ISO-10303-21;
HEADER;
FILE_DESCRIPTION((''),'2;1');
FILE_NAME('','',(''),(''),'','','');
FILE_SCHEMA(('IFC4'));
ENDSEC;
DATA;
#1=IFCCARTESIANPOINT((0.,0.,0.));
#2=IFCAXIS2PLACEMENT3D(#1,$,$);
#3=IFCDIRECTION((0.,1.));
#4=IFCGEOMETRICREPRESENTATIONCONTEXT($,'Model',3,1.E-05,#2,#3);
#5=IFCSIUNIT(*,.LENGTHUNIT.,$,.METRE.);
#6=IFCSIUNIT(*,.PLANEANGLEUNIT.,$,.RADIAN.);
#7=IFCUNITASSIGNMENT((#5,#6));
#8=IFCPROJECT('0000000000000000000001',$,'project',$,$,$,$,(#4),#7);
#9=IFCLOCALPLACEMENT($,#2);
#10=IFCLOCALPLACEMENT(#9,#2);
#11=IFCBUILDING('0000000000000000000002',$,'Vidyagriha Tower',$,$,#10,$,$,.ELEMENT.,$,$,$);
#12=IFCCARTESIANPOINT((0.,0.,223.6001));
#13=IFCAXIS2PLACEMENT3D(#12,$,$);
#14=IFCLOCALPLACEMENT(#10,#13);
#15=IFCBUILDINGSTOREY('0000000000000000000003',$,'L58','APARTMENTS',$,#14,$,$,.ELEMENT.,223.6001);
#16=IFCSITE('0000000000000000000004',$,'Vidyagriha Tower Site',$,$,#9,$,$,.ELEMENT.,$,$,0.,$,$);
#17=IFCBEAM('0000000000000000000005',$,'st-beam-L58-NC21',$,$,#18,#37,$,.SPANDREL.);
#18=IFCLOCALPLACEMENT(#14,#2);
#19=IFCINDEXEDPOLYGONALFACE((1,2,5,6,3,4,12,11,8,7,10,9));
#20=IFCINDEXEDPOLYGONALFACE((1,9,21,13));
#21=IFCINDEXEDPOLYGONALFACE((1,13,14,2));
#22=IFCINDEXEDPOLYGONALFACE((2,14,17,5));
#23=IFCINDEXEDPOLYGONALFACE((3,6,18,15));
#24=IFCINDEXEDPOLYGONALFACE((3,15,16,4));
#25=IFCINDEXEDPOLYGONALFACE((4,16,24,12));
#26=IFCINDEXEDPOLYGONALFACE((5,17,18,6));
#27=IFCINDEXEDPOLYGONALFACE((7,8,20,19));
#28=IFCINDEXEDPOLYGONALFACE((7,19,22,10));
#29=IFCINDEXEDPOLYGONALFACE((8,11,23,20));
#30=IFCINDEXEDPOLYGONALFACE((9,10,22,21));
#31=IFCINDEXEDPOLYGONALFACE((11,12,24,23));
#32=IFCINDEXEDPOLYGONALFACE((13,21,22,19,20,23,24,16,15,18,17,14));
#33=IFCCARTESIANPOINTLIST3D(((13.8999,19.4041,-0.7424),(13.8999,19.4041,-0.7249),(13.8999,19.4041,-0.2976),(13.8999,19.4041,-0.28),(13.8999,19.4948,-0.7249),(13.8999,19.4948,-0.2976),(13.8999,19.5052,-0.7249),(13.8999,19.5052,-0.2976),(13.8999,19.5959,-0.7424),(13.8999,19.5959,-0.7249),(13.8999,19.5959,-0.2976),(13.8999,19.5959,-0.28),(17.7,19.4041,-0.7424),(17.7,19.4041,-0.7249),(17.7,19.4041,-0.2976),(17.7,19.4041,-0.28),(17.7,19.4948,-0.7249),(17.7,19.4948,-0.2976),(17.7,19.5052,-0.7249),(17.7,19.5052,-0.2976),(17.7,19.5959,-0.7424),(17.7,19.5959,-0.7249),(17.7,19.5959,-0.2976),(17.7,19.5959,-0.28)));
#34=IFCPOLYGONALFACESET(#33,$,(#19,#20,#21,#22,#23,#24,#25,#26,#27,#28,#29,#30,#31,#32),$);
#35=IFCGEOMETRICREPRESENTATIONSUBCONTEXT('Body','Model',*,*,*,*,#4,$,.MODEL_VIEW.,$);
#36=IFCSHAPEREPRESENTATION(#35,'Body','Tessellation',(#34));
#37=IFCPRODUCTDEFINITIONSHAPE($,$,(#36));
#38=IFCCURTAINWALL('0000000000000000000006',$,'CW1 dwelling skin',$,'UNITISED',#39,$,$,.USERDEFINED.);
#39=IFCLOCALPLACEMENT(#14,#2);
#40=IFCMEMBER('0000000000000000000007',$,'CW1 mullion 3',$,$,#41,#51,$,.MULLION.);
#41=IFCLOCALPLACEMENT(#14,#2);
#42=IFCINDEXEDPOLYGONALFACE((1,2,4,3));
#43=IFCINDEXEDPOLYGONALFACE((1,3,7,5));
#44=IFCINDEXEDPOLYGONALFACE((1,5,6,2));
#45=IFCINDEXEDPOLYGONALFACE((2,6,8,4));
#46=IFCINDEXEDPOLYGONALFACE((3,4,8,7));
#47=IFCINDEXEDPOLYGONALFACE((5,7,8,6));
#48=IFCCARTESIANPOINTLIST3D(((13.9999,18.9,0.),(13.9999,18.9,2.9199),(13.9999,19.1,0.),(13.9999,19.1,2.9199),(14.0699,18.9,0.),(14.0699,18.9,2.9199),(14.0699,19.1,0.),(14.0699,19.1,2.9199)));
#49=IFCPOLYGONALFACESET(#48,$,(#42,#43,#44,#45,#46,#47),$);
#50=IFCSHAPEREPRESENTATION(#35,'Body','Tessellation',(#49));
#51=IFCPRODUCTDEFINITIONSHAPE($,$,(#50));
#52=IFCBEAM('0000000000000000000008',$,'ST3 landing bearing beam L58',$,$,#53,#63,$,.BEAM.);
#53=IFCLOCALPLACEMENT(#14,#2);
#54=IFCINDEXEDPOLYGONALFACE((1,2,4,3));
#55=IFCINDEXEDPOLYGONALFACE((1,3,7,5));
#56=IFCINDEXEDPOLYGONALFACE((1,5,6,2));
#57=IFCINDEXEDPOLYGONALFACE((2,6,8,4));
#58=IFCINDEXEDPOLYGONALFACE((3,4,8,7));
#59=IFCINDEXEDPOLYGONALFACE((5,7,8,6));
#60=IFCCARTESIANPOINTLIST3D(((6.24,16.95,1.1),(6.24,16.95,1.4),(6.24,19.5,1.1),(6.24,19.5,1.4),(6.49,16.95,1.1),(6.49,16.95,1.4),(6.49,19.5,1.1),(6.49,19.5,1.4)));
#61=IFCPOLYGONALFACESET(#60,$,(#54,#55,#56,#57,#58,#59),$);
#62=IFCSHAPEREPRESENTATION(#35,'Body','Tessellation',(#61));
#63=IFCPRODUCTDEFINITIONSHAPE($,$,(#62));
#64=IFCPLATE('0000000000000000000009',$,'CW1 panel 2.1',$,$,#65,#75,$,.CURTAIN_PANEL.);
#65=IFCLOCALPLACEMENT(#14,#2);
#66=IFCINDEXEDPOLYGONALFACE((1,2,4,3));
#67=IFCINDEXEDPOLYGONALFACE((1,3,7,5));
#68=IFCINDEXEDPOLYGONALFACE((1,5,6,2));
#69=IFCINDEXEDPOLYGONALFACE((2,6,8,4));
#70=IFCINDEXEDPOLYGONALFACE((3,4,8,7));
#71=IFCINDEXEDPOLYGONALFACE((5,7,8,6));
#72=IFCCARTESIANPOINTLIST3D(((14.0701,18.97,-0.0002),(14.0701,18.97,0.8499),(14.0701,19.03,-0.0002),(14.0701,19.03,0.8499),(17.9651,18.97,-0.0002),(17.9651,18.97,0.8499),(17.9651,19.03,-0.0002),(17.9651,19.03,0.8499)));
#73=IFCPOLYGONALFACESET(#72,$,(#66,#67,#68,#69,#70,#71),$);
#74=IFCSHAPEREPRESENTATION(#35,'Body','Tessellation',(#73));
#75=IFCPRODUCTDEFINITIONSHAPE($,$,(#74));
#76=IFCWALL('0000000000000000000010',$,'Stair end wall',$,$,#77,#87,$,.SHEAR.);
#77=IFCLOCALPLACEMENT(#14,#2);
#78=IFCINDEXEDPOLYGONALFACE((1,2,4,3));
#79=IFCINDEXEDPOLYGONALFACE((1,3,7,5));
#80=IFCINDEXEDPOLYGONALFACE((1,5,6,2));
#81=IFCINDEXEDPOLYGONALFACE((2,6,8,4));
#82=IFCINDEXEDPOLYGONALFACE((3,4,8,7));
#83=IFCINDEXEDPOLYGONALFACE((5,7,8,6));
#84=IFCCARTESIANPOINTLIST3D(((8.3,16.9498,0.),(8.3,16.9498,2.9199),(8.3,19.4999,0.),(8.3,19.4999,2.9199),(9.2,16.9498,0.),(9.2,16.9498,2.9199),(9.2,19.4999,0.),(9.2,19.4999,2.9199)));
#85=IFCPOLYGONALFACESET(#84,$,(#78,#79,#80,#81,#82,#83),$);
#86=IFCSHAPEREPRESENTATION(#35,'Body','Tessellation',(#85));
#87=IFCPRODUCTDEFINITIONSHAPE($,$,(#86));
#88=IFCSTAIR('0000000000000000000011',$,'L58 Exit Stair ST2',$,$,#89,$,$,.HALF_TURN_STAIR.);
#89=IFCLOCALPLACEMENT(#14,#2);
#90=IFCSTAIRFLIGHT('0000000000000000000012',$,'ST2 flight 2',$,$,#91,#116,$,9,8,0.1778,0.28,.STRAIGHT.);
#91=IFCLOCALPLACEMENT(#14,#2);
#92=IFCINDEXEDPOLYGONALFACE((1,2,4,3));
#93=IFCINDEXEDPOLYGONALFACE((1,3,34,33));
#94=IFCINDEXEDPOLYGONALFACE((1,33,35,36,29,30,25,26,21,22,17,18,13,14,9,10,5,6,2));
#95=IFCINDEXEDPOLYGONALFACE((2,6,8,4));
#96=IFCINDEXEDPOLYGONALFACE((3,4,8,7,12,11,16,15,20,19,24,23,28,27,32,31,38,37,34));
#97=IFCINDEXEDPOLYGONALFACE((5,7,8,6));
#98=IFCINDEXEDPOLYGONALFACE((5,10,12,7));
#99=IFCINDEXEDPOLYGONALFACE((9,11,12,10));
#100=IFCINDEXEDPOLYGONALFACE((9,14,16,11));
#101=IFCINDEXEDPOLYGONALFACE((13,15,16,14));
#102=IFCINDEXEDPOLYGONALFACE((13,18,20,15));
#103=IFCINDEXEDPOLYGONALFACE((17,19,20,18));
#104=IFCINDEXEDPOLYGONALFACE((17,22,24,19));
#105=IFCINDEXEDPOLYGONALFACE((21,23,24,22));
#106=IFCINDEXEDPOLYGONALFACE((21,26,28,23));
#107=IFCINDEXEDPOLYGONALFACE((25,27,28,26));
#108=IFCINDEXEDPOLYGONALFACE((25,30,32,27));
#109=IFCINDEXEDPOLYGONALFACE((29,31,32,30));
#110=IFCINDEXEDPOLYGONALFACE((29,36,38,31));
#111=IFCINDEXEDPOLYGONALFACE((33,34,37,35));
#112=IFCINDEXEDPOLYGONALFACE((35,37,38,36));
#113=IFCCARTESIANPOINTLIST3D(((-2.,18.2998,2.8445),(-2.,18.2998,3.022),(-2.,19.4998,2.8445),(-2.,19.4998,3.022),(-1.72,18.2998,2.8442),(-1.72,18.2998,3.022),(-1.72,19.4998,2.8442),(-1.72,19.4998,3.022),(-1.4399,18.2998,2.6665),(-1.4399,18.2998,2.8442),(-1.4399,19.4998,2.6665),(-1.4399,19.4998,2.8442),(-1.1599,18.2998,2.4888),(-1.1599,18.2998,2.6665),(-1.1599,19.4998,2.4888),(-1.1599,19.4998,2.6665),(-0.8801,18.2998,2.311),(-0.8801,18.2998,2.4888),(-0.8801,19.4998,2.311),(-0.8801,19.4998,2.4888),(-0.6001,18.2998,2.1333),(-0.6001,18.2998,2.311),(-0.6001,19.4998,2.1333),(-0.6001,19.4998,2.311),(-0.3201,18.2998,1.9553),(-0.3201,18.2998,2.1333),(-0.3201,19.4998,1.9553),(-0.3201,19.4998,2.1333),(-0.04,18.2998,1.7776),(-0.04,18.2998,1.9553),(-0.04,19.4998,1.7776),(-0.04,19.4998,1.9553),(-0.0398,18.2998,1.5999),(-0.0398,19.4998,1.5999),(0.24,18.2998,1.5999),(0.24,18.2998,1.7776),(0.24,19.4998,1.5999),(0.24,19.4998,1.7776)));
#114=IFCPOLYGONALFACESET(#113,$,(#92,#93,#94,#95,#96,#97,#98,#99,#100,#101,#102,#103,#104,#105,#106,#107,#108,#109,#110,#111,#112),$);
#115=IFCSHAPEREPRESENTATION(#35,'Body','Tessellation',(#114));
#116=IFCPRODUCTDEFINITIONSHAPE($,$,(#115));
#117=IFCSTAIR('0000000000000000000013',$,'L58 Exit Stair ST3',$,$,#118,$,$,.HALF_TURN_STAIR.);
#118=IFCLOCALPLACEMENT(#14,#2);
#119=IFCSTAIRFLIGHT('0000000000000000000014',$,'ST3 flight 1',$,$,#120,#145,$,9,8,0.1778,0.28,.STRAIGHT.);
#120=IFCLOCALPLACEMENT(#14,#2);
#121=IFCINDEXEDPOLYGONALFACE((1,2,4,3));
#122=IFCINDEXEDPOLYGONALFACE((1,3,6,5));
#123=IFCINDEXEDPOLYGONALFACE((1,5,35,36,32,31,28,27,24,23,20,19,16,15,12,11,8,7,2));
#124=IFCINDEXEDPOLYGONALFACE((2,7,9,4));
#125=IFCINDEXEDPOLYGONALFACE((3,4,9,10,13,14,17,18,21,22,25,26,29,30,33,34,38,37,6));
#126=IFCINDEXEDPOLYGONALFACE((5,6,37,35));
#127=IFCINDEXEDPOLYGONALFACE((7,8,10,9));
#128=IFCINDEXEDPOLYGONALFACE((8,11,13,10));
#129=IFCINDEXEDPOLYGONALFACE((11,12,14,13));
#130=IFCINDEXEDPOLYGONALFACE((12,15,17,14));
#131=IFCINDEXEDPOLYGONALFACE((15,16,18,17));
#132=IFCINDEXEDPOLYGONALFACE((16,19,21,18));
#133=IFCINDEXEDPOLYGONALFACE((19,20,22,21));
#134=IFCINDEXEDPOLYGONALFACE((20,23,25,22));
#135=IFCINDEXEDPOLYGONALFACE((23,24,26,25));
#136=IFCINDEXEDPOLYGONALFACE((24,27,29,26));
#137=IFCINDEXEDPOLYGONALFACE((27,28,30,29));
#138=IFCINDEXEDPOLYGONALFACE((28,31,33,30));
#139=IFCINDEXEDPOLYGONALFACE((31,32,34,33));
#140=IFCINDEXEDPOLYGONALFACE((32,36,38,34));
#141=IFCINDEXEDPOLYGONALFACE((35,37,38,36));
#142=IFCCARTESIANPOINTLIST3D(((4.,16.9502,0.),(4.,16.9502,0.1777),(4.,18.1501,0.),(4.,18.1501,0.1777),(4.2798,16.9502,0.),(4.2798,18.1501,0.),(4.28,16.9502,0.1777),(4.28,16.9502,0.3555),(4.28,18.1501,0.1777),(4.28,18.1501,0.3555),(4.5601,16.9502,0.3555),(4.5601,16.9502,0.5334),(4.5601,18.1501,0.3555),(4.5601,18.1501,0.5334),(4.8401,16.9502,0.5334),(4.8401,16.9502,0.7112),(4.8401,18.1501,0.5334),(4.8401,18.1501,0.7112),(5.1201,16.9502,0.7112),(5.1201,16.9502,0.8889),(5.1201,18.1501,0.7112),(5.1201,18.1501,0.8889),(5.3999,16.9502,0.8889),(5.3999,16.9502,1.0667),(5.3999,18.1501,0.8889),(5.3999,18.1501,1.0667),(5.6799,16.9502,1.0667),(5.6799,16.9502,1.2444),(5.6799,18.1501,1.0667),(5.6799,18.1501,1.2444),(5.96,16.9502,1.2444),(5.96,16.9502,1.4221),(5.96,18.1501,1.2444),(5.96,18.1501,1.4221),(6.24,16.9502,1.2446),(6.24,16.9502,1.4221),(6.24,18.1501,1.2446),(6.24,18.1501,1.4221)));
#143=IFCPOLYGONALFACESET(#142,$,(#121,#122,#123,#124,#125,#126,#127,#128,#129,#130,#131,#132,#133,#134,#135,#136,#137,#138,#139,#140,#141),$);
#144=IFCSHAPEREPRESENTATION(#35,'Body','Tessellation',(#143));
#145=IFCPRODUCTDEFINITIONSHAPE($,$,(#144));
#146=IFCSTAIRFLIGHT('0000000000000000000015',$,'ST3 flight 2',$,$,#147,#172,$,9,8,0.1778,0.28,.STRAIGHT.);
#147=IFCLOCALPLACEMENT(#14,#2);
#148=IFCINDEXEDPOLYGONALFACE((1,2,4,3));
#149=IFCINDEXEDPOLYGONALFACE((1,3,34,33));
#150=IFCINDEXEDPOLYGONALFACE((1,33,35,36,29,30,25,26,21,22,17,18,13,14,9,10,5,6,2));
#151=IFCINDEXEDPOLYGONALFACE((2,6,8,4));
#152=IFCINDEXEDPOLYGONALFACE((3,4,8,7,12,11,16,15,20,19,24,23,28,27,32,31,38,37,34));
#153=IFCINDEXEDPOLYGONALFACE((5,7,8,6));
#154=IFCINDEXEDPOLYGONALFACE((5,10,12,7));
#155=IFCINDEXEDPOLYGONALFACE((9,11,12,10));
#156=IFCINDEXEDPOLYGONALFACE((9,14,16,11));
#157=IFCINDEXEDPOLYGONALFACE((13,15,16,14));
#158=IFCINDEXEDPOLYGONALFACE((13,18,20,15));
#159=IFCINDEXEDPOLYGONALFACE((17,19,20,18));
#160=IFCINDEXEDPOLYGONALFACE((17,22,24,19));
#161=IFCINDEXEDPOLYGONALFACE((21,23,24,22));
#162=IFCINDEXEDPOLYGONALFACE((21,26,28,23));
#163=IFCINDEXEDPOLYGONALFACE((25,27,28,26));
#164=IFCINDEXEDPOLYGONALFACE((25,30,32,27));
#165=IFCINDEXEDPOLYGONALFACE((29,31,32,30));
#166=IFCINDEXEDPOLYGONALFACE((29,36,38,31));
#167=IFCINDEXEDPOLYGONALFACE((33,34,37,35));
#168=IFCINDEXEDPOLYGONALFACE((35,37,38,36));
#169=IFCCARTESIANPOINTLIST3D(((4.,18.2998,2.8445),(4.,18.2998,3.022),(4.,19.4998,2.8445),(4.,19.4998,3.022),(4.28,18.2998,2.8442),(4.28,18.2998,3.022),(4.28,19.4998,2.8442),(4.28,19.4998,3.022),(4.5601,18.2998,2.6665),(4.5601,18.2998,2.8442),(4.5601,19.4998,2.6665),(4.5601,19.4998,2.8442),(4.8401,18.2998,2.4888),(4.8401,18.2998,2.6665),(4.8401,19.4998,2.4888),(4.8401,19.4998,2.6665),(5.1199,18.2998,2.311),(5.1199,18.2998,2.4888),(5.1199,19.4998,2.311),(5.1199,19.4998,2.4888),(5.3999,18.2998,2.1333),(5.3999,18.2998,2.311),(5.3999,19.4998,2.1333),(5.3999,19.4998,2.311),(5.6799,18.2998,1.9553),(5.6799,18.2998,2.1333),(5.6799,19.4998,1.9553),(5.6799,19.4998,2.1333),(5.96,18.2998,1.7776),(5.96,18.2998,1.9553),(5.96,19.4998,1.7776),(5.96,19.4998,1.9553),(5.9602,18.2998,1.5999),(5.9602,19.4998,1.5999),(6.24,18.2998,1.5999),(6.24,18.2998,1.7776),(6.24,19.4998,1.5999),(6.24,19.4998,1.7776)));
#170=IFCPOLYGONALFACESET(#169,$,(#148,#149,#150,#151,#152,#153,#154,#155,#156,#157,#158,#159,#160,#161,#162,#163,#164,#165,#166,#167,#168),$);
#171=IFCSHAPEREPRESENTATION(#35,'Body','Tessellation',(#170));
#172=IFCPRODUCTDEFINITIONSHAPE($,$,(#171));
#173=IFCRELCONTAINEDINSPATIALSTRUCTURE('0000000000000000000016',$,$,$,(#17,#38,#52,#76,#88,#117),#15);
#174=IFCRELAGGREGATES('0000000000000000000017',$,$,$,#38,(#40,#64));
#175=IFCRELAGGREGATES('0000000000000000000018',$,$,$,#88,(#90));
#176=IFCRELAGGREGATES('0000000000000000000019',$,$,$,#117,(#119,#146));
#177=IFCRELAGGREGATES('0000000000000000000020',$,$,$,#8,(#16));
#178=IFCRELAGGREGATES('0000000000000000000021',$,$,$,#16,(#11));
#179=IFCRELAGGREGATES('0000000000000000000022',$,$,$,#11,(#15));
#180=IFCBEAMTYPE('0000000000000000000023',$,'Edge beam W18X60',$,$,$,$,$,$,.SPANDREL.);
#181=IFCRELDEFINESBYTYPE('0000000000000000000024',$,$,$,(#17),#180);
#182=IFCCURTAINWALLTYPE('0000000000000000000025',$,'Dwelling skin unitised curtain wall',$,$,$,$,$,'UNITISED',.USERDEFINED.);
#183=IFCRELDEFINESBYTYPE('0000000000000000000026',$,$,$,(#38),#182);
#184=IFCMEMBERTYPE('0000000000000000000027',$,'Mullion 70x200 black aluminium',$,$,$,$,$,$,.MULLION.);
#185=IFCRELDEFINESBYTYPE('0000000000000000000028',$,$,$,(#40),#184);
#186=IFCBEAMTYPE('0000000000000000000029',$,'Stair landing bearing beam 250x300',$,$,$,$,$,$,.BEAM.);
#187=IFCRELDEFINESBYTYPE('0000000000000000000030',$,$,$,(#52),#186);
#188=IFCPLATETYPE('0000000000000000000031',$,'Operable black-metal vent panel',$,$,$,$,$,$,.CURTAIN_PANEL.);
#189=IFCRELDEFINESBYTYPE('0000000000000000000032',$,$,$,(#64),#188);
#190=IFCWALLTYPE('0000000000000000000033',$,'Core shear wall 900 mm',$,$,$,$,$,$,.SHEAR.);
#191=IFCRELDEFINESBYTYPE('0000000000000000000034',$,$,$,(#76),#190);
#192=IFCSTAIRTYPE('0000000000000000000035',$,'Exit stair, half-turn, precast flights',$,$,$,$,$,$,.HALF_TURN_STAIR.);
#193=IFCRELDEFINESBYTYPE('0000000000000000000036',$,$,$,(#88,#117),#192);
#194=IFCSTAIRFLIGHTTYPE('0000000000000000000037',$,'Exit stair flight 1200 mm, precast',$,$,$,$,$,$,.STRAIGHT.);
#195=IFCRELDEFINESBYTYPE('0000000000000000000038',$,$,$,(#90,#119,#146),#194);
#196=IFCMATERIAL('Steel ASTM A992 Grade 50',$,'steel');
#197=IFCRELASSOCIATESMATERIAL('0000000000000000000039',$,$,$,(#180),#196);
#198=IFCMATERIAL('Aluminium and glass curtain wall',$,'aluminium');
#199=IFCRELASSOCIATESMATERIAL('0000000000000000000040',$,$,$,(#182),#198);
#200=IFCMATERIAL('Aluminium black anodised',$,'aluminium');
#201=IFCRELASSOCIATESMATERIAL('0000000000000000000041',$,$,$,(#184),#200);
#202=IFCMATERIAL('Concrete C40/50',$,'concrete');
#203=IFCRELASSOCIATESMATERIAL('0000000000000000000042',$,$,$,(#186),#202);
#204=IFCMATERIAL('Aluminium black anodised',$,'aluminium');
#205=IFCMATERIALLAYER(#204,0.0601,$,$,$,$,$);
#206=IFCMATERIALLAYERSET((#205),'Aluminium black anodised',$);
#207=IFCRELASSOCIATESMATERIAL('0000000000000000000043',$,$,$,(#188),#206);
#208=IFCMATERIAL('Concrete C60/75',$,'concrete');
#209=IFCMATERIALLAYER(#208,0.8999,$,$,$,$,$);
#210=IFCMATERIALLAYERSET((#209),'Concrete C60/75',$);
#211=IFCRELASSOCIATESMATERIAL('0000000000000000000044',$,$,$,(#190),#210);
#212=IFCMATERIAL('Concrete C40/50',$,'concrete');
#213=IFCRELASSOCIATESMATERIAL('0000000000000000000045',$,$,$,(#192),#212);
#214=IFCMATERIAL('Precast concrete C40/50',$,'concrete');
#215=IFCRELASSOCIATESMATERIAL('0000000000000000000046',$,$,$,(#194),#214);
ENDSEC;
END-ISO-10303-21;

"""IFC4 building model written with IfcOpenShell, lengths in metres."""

from ifc_helpers import new_model, si_unit, direction, frame, frame_2d, origin, origin_2d, place, context, subcontext, project, spatial, polyline, rectangle, i_section, outline, extrude, material, layer, layer_set, material_profile, profile_set, type_object, element, aggregate, save


model = new_model("IFC4")

# Units and contexts
model_context = context("Model", 3, precision=1e-05, world=origin(), true_north=direction((0.0, 1.0)))
body_context = subcontext(model_context, "Body", "Model", "MODEL_VIEW")
ifc_project = project(units=[si_unit("LENGTHUNIT", "METRE"), si_unit("PLANEANGLEUNIT", "RADIAN")], contexts=[model_context])

# Site, building, storey
site_placement = place(None, origin())
site = spatial("IfcSite", under=ifc_project, at=site_placement, Name="Vidyagriha Tower Site", CompositionType="ELEMENT", RefElevation=0.0)
building_placement = place(site_placement, origin())
building = spatial("IfcBuilding", under=site, at=building_placement, Name="Vidyagriha Tower", CompositionType="ELEMENT")
storey_placement = place(building_placement, frame((0.0, 0.0, 223.6001)))
storey = spatial("IfcBuildingStorey", under=building, at=storey_placement, Name="L58", Description="APARTMENTS", CompositionType="ELEMENT", Elevation=223.6001)

# Beam
ifc_material_1 = material(Name="Steel ASTM A992 Grade 50", Category="steel")
ifc_material_profile_1 = material_profile(ifc_material_1, i_section(OverallWidth=0.1919, OverallDepth=0.4624, WebThickness=0.0105, FlangeThickness=0.0176, at=origin_2d()), Name="W18X60")
ifc_profile_set_1 = profile_set([ifc_material_profile_1], Name="Steel ASTM A992 Grade 50")
beam_type_1 = type_object("IfcBeamType", Name="Edge beam W18X60", PredefinedType="SPANDREL", material=ifc_profile_set_1)
beam_1_placement = place(storey_placement, frame((13.8999, 19.5, -0.5112), z_axis=(1.0, 0.0, 0.0), x_axis=(0.0, 1.0, 0.0)))
element("IfcBeam", 1, at=beam_1_placement, inside=storey, type_object=beam_type_1, Name="st-beam-L58-NC21", PredefinedType="SPANDREL", context=body_context, shape_type="SweptSolid", body=[
    extrude(i_section(OverallWidth=0.1919, OverallDepth=0.4624, WebThickness=0.0105, FlangeThickness=0.0176, at=origin_2d()), origin(), (0.0, 0.0, 1.0), 3.8),
])

# Curtain wall, member
ifc_material_2 = material(Name="Aluminium and glass curtain wall", Category="aluminium")
curtain_wall_type = type_object("IfcCurtainWallType", Name="Dwelling skin unitised curtain wall", ElementType="UNITISED", PredefinedType="USERDEFINED", material=ifc_material_2)
curtain_wall_placement = place(storey_placement, origin())
curtain_wall = element("IfcCurtainWall", 2, at=curtain_wall_placement, inside=storey, type_object=curtain_wall_type, Name="CW1 dwelling skin", ObjectType="UNITISED", PredefinedType="USERDEFINED")
ifc_material_3 = material(Name="Aluminium black anodised", Category="aluminium")
ifc_material_profile_2 = material_profile(ifc_material_3, rectangle(XDim=0.2, YDim=0.0701, at=origin_2d()), Name="Mullion 70x200 black aluminium")
ifc_profile_set_2 = profile_set([ifc_material_profile_2], Name="Aluminium black anodised")
member_type = type_object("IfcMemberType", Name="Mullion 70x200 black aluminium", PredefinedType="MULLION", material=ifc_profile_set_2)
member_placement = place(storey_placement, frame((14.0349, 19.0, 0.0), z_axis=(0.0, 0.0, 1.0), x_axis=(0.0, -1.0, 0.0)))
member = element("IfcMember", 3, at=member_placement, type_object=member_type, Name="CW1 mullion 3", PredefinedType="MULLION", context=body_context, shape_type="SweptSolid", body=[
    extrude(rectangle(XDim=0.2, YDim=0.0701, at=origin_2d()), origin(), (0.0, 0.0, 1.0), 2.9199),
])

# Beam
ifc_material_4 = material(Name="Concrete C40/50", Category="concrete")
ifc_material_profile_3 = material_profile(ifc_material_4, rectangle(XDim=0.25, YDim=0.3, at=origin_2d()), Name="Stair landing bearing beam 250x300")
ifc_profile_set_3 = profile_set([ifc_material_profile_3], Name="Concrete C40/50")
beam_type_2 = type_object("IfcBeamType", Name="Stair landing bearing beam 250x300", PredefinedType="BEAM", material=ifc_profile_set_3)
beam_2_placement = place(storey_placement, frame((6.365, 16.95, 1.25), z_axis=(0.0, 1.0, 0.0), x_axis=(-1.0, 0.0, 0.0)))
element("IfcBeam", 4, at=beam_2_placement, inside=storey, type_object=beam_type_2, Name="ST3 landing bearing beam L58", PredefinedType="BEAM", context=body_context, shape_type="SweptSolid", body=[
    extrude(rectangle(XDim=0.25, YDim=0.3, at=origin_2d()), origin(), (0.0, 0.0, 1.0), 2.55),
])

# Plate
ifc_material_5 = material(Name="Aluminium black anodised", Category="aluminium")
ifc_layer_1 = layer(ifc_material_5, 0.0601)
ifc_layer_set_1 = layer_set([ifc_layer_1], Name="Aluminium black anodised")
plate_type = type_object("IfcPlateType", Name="Operable black-metal vent panel", PredefinedType="CURTAIN_PANEL", material=ifc_layer_set_1)
plate_placement = place(storey_placement, frame((16.0176, 19.0, -0.0002), z_axis=(0.0, 0.0, 1.0), x_axis=(-1.0, 0.0, 0.0)))
plate = element("IfcPlate", 5, at=plate_placement, type_object=plate_type, Name="CW1 panel 2.1", PredefinedType="CURTAIN_PANEL", context=body_context, shape_type="SweptSolid", body=[
    extrude(rectangle(XDim=3.895, YDim=0.0601, at=origin_2d()), origin(), (0.0, 0.0, 1.0), 0.8501),
])
aggregate(curtain_wall, [member, plate])

# Wall
ifc_material_6 = material(Name="Concrete C60/75", Category="concrete")
ifc_layer_2 = layer(ifc_material_6, 0.8999)
ifc_layer_set_2 = layer_set([ifc_layer_2], Name="Concrete C60/75")
wall_type = type_object("IfcWallType", Name="Core shear wall 900 mm", PredefinedType="SHEAR", material=ifc_layer_set_2)
wall_placement = place(storey_placement, frame((8.75, 16.95, 0.0), z_axis=(0.0, 0.0, 1.0), x_axis=(0.0, 1.0, 0.0)))
element("IfcWall", 6, at=wall_placement, inside=storey, type_object=wall_type, Name="Stair end wall", PredefinedType="SHEAR", context=body_context, shape_type="SweptSolid", body=[
    extrude(rectangle(XDim=2.55, YDim=0.8999, at=frame_2d((1.2749, 0.0))), origin(), (0.0, 0.0, 1.0), 2.9199),
])

# Stair, stair flight
ifc_material_7 = material(Name="Concrete C40/50", Category="concrete")
stair_type = type_object("IfcStairType", Name="Exit stair, half-turn, precast flights", PredefinedType="HALF_TURN_STAIR", material=ifc_material_7)
stair_1_placement = place(storey_placement, origin())
stair_1 = element("IfcStair", 7, at=stair_1_placement, inside=storey, type_object=stair_type, Name="L58 Exit Stair ST2", PredefinedType="HALF_TURN_STAIR")
ifc_material_8 = material(Name="Precast concrete C40/50", Category="concrete")
stair_flight_type = type_object("IfcStairFlightType", Name="Exit stair flight 1200 mm, precast", PredefinedType="STRAIGHT", material=ifc_material_8)
stair_flight_1_placement = place(storey_placement, frame((0.24, 18.8999, 1.5999), z_axis=(0.0, 0.0, 1.0), x_axis=(-1.0, 0.0, 0.0)))
stair_flight_1 = element("IfcStairFlight", 8, at=stair_flight_1_placement, type_object=stair_flight_type, Name="ST2 flight 2", NumberOfRisers=9, NumberOfTreads=8, PredefinedType="STRAIGHT", RiserHeight=0.1778, TreadLength=0.28, context=body_context, shape_type="SweptSolid", body=[
    extrude(outline(polyline([(0.0, 0.0), (0.0, 0.1777), (0.28, 0.1777), (0.28, 0.3555), (0.5601, 0.3555), (0.5601, 0.5334), (0.8401, 0.5334), (0.8401, 0.7112), (1.1201, 0.7112), (1.1201, 0.8889), (1.3999, 0.8889), (1.3999, 1.0667), (1.6799, 1.0667), (1.6799, 1.2444), (1.96, 1.2444), (1.96, 1.4221), (2.24, 1.4221), (2.24, 1.6001), (2.24, 1.2446), (0.2798, 0.0), (0.0, 0.0)])), frame((0.0, 0.6001, 0.0), z_axis=(0.0, -1.0, 0.0), x_axis=(1.0, 0.0, 0.0)), (0.0, 0.0, 1.0), 1.2),
])
aggregate(stair_1, [stair_flight_1])

# Stair, stair flights
stair_2_placement = place(storey_placement, origin())
stair_2 = element("IfcStair", 9, at=stair_2_placement, inside=storey, type_object=stair_type, Name="L58 Exit Stair ST3", PredefinedType="HALF_TURN_STAIR")
stair_flight_2_placement = place(storey_placement, frame((4.0, 17.55, 0.0)))
stair_flight_2 = element("IfcStairFlight", 10, at=stair_flight_2_placement, type_object=stair_flight_type, Name="ST3 flight 1", NumberOfRisers=9, NumberOfTreads=8, PredefinedType="STRAIGHT", RiserHeight=0.1778, TreadLength=0.28, context=body_context, shape_type="SweptSolid", body=[
    extrude(outline(polyline([(0.0, 0.0), (0.0, 0.1777), (0.28, 0.1777), (0.28, 0.3555), (0.5601, 0.3555), (0.5601, 0.5334), (0.8401, 0.5334), (0.8401, 0.7112), (1.1201, 0.7112), (1.1201, 0.8889), (1.3999, 0.8889), (1.3999, 1.0667), (1.6799, 1.0667), (1.6799, 1.2444), (1.96, 1.2444), (1.96, 1.4221), (2.24, 1.4221), (2.24, 1.6001), (2.24, 1.2446), (0.2798, 0.0), (0.0, 0.0)])), frame((0.0, 0.6001, 0.0), z_axis=(0.0, -1.0, 0.0), x_axis=(1.0, 0.0, 0.0)), (0.0, 0.0, 1.0), 1.2),
])
stair_flight_3_placement = place(storey_placement, frame((6.24, 18.8999, 1.5999), z_axis=(0.0, 0.0, 1.0), x_axis=(-1.0, 0.0, 0.0)))
stair_flight_3 = element("IfcStairFlight", 11, at=stair_flight_3_placement, type_object=stair_flight_type, Name="ST3 flight 2", NumberOfRisers=9, NumberOfTreads=8, PredefinedType="STRAIGHT", RiserHeight=0.1778, TreadLength=0.28, context=body_context, shape_type="SweptSolid", body=[
    extrude(outline(polyline([(0.0, 0.0), (0.0, 0.1777), (0.28, 0.1777), (0.28, 0.3555), (0.5601, 0.3555), (0.5601, 0.5334), (0.8401, 0.5334), (0.8401, 0.7112), (1.1201, 0.7112), (1.1201, 0.8889), (1.3999, 0.8889), (1.3999, 1.0667), (1.6799, 1.0667), (1.6799, 1.2444), (1.96, 1.2444), (1.96, 1.4221), (2.24, 1.4221), (2.24, 1.6001), (2.24, 1.2446), (0.2798, 0.0), (0.0, 0.0)])), frame((0.0, 0.6001, 0.0), z_axis=(0.0, -1.0, 0.0), x_axis=(1.0, 0.0, 0.0)), (0.0, 0.0, 1.0), 1.2),
])
aggregate(stair_2, [stair_flight_2, stair_flight_3])

save(model, "model.ifc")
